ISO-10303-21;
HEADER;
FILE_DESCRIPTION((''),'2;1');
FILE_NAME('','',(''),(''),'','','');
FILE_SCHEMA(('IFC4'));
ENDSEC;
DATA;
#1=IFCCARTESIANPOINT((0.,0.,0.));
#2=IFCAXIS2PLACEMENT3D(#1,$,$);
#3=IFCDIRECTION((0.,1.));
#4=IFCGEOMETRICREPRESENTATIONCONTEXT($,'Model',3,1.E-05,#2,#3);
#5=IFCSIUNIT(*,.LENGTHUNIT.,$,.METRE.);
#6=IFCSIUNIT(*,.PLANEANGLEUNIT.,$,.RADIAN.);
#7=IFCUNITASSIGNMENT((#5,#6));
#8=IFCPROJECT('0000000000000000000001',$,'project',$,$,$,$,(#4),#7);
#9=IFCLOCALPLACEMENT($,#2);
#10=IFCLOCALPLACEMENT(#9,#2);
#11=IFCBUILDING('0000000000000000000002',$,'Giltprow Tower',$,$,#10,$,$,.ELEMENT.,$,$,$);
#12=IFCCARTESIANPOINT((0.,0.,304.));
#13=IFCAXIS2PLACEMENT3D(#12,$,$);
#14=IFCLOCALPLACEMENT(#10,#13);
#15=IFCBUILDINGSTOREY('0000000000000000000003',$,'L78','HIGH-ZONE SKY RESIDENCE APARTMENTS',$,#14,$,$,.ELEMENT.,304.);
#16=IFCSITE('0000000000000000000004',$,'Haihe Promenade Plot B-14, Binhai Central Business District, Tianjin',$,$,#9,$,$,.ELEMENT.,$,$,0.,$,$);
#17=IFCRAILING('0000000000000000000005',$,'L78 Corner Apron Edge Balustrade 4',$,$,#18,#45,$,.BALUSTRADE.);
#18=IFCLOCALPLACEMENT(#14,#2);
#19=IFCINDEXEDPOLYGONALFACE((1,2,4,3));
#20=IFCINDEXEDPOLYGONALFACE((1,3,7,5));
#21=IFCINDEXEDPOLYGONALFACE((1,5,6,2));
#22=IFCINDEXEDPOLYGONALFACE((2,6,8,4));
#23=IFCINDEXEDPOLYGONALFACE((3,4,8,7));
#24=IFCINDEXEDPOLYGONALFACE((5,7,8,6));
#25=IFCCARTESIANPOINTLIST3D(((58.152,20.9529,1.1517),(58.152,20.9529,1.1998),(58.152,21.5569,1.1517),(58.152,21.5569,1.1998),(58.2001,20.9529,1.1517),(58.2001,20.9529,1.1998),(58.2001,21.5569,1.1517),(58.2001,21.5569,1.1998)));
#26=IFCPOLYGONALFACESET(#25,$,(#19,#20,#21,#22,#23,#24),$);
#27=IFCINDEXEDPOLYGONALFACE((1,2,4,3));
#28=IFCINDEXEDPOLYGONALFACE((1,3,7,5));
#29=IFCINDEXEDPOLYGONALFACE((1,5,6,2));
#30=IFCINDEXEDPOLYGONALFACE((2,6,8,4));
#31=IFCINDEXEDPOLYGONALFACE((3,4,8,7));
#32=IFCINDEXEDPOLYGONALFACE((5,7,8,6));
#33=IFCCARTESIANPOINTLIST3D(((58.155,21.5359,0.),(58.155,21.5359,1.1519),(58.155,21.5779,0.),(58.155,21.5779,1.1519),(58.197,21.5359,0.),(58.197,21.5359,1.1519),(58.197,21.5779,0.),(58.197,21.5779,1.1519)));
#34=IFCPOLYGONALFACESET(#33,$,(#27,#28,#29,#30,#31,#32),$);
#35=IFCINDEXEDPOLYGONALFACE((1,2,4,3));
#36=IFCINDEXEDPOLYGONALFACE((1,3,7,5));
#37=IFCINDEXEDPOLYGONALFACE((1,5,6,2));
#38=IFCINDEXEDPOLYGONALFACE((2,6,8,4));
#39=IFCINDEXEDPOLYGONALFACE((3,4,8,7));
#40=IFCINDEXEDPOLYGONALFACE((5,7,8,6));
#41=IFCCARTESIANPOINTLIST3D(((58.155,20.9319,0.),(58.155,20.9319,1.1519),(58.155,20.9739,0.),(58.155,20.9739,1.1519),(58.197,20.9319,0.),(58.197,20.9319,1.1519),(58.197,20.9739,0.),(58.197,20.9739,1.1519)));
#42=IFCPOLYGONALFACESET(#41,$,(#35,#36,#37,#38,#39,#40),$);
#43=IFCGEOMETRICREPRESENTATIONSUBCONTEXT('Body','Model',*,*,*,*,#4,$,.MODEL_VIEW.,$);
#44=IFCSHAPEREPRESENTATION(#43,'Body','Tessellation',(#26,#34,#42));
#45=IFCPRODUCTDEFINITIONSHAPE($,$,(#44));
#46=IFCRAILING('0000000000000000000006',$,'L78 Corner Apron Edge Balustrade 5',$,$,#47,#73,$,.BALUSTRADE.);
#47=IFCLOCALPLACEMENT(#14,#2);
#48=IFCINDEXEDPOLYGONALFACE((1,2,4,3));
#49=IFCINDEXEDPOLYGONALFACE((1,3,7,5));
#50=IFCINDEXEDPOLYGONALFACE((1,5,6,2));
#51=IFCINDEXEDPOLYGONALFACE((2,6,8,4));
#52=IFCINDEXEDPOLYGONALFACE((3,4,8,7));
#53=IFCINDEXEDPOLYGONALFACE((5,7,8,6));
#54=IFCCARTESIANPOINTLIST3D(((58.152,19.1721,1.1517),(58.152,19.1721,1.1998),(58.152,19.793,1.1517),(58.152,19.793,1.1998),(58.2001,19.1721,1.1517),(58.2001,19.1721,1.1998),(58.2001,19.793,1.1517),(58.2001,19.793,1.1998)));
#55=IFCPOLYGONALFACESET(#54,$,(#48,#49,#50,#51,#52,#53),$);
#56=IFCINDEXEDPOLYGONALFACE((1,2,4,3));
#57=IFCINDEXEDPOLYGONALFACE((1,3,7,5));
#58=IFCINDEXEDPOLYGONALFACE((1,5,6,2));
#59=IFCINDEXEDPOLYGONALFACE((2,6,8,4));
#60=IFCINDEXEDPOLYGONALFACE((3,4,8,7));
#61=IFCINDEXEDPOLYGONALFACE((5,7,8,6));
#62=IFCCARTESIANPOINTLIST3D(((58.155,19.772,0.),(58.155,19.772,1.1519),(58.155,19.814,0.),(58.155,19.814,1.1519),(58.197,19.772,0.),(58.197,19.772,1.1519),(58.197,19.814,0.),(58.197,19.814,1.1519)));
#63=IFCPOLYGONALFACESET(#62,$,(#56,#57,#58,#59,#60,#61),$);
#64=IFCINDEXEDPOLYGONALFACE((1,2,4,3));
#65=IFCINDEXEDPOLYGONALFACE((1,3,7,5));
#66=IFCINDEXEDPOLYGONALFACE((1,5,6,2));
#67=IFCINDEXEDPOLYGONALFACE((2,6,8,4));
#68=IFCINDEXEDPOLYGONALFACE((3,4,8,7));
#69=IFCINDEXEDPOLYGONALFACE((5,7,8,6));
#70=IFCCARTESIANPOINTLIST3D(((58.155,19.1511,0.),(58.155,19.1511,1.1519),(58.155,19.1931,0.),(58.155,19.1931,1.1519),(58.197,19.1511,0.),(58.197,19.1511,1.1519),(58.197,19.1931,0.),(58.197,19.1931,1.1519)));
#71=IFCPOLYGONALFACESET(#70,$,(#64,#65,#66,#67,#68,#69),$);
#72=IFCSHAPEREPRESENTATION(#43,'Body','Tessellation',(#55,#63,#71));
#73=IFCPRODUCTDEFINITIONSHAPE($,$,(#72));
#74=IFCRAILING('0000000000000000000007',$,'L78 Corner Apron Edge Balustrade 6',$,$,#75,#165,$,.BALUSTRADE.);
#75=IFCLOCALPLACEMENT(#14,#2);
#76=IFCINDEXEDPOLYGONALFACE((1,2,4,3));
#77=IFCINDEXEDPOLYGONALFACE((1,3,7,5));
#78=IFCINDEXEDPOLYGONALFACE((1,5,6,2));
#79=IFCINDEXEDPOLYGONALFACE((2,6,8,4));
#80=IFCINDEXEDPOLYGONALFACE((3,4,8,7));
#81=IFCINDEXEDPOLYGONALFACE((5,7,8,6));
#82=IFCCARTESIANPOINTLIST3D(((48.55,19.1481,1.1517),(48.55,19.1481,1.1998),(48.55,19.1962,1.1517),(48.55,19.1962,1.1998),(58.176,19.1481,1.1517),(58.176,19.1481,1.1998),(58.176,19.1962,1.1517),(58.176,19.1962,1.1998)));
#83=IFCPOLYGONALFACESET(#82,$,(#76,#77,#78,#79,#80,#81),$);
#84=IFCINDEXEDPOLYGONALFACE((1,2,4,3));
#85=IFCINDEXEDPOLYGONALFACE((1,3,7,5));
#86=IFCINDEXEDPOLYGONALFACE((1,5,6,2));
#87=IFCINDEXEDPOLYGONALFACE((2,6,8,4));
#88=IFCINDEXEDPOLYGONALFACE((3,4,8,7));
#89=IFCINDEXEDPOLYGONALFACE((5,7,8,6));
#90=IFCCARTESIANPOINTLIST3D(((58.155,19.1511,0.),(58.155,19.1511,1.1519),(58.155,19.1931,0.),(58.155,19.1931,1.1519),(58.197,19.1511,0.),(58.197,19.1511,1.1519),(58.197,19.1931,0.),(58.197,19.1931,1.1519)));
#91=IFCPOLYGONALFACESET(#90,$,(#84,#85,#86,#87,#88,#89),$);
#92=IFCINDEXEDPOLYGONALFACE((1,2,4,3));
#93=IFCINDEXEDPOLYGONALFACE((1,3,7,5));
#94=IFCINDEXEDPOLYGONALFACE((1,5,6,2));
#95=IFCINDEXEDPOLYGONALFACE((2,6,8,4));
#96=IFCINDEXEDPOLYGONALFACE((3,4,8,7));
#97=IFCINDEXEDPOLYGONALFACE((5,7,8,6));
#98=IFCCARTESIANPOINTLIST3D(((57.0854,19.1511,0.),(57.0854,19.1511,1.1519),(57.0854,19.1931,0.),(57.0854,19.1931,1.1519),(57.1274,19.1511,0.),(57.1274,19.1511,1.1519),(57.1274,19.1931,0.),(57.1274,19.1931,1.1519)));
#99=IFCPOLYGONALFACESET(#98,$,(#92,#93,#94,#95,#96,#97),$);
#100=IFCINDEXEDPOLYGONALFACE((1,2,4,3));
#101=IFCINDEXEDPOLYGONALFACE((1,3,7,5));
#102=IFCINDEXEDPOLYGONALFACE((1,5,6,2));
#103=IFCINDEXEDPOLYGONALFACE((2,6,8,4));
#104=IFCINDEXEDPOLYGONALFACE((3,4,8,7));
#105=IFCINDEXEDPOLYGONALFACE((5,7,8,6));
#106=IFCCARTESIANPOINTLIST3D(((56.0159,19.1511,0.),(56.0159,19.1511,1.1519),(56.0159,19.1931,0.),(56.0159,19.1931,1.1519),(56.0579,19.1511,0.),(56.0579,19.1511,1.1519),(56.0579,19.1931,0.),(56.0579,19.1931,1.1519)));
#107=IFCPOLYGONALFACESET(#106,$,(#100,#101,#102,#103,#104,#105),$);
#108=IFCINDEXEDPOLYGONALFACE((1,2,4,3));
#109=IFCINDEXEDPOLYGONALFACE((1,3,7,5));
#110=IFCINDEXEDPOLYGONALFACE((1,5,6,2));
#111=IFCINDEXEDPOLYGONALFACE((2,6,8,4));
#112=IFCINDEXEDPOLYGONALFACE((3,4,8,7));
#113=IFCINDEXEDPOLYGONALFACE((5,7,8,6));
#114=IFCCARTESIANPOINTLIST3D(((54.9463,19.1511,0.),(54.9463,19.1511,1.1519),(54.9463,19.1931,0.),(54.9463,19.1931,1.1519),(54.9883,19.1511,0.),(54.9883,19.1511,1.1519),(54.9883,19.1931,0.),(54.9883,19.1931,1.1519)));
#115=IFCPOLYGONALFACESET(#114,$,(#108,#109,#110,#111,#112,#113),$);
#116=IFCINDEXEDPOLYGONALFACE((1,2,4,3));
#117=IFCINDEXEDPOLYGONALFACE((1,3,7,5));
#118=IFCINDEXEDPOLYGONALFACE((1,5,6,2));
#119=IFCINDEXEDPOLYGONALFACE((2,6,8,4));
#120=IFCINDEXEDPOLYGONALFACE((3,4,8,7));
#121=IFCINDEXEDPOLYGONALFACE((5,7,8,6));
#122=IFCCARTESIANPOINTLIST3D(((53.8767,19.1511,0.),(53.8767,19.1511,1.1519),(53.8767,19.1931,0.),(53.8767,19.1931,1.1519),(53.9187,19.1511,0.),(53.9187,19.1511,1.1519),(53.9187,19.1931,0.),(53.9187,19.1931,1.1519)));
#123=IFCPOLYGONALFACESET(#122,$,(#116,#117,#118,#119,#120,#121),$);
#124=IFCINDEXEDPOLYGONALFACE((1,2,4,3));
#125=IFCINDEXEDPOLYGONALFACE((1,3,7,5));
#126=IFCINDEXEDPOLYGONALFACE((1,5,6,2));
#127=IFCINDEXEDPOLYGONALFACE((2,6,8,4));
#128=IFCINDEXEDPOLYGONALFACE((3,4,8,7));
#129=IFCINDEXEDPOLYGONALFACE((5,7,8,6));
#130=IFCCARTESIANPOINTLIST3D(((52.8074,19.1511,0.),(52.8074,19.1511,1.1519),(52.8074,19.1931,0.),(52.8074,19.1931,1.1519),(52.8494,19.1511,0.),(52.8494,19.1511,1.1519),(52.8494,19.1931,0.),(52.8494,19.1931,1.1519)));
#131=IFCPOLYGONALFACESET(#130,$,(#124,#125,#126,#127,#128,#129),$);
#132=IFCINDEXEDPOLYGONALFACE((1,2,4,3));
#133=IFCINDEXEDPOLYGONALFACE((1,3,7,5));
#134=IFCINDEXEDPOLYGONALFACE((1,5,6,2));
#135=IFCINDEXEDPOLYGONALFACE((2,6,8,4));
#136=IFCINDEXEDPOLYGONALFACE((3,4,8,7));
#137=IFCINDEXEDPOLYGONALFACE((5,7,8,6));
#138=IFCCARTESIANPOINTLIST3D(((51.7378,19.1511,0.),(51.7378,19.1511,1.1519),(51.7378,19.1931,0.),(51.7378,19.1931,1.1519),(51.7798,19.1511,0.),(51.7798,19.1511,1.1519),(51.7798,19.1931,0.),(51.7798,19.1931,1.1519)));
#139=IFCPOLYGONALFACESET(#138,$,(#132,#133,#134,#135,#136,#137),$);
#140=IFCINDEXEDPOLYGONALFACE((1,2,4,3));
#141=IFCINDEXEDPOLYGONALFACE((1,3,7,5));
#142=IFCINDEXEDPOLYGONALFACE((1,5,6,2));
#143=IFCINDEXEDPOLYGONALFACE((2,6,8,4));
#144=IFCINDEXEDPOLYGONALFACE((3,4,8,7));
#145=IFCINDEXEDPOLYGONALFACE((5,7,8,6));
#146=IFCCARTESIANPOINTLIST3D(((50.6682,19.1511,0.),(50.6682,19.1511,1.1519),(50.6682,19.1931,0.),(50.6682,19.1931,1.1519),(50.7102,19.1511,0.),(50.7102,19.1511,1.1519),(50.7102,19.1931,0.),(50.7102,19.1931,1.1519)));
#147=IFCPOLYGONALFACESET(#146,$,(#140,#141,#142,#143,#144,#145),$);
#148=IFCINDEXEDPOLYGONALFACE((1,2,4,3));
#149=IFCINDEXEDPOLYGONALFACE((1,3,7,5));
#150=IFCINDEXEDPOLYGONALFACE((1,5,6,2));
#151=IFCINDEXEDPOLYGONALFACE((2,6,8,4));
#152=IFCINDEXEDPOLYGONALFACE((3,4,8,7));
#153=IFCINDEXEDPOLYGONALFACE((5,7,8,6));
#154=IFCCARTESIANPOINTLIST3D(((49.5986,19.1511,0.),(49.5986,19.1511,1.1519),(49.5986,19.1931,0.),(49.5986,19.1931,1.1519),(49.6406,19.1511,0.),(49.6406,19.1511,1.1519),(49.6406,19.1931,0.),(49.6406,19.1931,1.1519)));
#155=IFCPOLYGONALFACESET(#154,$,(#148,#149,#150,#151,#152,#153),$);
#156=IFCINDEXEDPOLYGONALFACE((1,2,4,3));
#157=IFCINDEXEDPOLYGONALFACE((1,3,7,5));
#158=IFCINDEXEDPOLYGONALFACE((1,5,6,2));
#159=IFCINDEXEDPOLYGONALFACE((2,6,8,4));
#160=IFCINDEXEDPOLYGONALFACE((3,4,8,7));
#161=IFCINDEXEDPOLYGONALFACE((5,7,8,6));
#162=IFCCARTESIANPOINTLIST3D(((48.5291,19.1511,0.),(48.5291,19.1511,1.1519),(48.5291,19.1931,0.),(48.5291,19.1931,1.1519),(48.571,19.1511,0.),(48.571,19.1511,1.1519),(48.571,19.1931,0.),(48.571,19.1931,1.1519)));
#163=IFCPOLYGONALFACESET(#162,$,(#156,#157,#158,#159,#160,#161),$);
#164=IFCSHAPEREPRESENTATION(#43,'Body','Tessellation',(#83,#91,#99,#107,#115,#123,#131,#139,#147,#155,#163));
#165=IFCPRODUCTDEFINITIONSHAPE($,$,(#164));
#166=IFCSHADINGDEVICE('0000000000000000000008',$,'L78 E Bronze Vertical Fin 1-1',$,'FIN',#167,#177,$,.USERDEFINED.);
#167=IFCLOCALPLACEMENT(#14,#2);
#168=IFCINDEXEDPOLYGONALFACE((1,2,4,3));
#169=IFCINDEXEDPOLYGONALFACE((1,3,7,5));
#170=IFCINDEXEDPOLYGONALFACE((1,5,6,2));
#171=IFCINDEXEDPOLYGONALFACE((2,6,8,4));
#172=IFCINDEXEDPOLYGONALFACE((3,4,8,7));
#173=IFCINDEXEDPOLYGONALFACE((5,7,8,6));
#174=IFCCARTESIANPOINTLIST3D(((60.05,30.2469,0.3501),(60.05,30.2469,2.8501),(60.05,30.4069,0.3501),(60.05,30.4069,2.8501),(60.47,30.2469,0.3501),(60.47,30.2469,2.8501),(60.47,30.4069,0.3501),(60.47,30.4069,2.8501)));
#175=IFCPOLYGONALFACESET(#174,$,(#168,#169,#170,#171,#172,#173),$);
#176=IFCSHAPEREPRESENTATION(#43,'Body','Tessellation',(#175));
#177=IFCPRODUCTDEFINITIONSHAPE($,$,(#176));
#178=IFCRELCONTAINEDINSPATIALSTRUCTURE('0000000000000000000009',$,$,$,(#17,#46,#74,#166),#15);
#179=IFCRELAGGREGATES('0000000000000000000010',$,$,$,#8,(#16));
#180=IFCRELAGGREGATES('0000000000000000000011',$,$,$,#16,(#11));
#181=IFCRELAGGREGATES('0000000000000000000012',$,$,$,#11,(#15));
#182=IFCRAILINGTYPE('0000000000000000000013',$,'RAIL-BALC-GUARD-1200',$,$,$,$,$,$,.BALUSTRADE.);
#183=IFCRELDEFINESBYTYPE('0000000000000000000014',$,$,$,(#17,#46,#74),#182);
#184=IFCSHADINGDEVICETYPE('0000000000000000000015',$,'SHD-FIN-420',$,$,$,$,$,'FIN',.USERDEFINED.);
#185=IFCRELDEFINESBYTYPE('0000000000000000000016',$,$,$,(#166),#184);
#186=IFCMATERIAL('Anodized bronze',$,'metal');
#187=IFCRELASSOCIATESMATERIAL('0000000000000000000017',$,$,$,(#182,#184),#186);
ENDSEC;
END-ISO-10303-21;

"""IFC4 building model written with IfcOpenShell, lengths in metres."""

from ifc_helpers import new_model, si_unit, direction, frame, origin, origin_2d, place, context, subcontext, project, spatial, rectangle, extrude, source, transform, mapped, material, type_object, element, save


model = new_model("IFC4")

# Units and contexts
model_context = context("Model", 3, precision=1e-05, world=origin(), true_north=direction((0.0, 1.0)))
body_context = subcontext(model_context, "Body", "Model", "MODEL_VIEW")
ifc_project = project(units=[si_unit("LENGTHUNIT", "METRE"), si_unit("PLANEANGLEUNIT", "RADIAN")], contexts=[model_context])

# Site, building, storey
site_placement = place(None, origin())
site = spatial("IfcSite", under=ifc_project, at=site_placement, Name="Haihe Promenade Plot B-14, Binhai Central Business District, Tianjin", CompositionType="ELEMENT", RefElevation=0.0)
building_placement = place(site_placement, origin())
building = spatial("IfcBuilding", under=site, at=building_placement, Name="Giltprow Tower", CompositionType="ELEMENT")
storey_placement = place(building_placement, frame((0.0, 0.0, 304.0)))
storey = spatial("IfcBuildingStorey", under=building, at=storey_placement, Name="L78", Description="HIGH-ZONE SKY RESIDENCE APARTMENTS", CompositionType="ELEMENT", Elevation=304.0)

# Shared definitions
ifc_material_1 = material(Name="Anodized bronze", Category="metal")

# Railings
railing_type = type_object("IfcRailingType", Name="RAIL-BALC-GUARD-1200", PredefinedType="BALUSTRADE", material=ifc_material_1)
railing_1_placement = place(storey_placement, frame((58.176, 21.5569, 0.0)))
element("IfcRailing", 1, at=railing_1_placement, inside=storey, type_object=railing_type, Name="L78 Corner Apron Edge Balustrade 4", PredefinedType="BALUSTRADE", context=body_context, shape_type="SweptSolid", body=[
    extrude(rectangle(XDim=0.0481, YDim=0.0481, at=origin_2d()), frame((0.0, 0.0, 1.1758), z_axis=(0.0, -1.0, 0.0), x_axis=(1.0, 0.0, 0.0)), (0.0, 0.0, 1.0), 0.604),
    extrude(rectangle(XDim=0.042, YDim=0.042, at=origin_2d()), origin(), (0.0, 0.0, 1.0), 1.1519),
    extrude(rectangle(XDim=0.042, YDim=0.042, at=origin_2d()), frame((0.0, -0.604, 0.0)), (0.0, 0.0, 1.0), 1.1519),
])
railing_2_placement = place(storey_placement, frame((58.176, 19.793, 0.0)))
element("IfcRailing", 2, at=railing_2_placement, inside=storey, type_object=railing_type, Name="L78 Corner Apron Edge Balustrade 5", PredefinedType="BALUSTRADE", context=body_context, shape_type="SweptSolid", body=[
    extrude(rectangle(XDim=0.0481, YDim=0.0481, at=origin_2d()), frame((0.0, 0.0, 1.1758), z_axis=(0.0, -1.0, 0.0), x_axis=(1.0, 0.0, 0.0)), (0.0, 0.0, 1.0), 0.6208),
    extrude(rectangle(XDim=0.042, YDim=0.042, at=origin_2d()), origin(), (0.0, 0.0, 1.0), 1.1519),
    extrude(rectangle(XDim=0.042, YDim=0.042, at=origin_2d()), frame((0.0, -0.6208, 0.0)), (0.0, 0.0, 1.0), 1.1519),
])
railing_3_placement = place(storey_placement, frame((58.176, 19.1721, 0.0)))
element("IfcRailing", 3, at=railing_3_placement, inside=storey, type_object=railing_type, Name="L78 Corner Apron Edge Balustrade 6", PredefinedType="BALUSTRADE", context=body_context, shape_type="SweptSolid", body=[
    extrude(rectangle(XDim=0.0481, YDim=0.0481, at=origin_2d()), frame((0.0, 0.0, 1.1758), z_axis=(-1.0, 0.0, 0.0), x_axis=(0.0, -1.0, 0.0)), (0.0, 0.0, 1.0), 9.626),
    extrude(rectangle(XDim=0.042, YDim=0.042, at=origin_2d()), origin(), (0.0, 0.0, 1.0), 1.1519),
    extrude(rectangle(XDim=0.042, YDim=0.042, at=origin_2d()), frame((-1.0696, 0.0, 0.0)), (0.0, 0.0, 1.0), 1.1519),
    extrude(rectangle(XDim=0.042, YDim=0.042, at=origin_2d()), frame((-2.1392, 0.0, 0.0)), (0.0, 0.0, 1.0), 1.1519),
    extrude(rectangle(XDim=0.042, YDim=0.042, at=origin_2d()), frame((-3.2087, 0.0, 0.0)), (0.0, 0.0, 1.0), 1.1519),
    extrude(rectangle(XDim=0.042, YDim=0.042, at=origin_2d()), frame((-4.2783, 0.0, 0.0)), (0.0, 0.0, 1.0), 1.1519),
    extrude(rectangle(XDim=0.042, YDim=0.042, at=origin_2d()), frame((-5.3477, 0.0, 0.0)), (0.0, 0.0, 1.0), 1.1519),
    extrude(rectangle(XDim=0.042, YDim=0.042, at=origin_2d()), frame((-6.4172, 0.0, 0.0)), (0.0, 0.0, 1.0), 1.1519),
    extrude(rectangle(XDim=0.042, YDim=0.042, at=origin_2d()), frame((-7.4868, 0.0, 0.0)), (0.0, 0.0, 1.0), 1.1519),
    extrude(rectangle(XDim=0.042, YDim=0.042, at=origin_2d()), frame((-8.5564, 0.0, 0.0)), (0.0, 0.0, 1.0), 1.1519),
    extrude(rectangle(XDim=0.042, YDim=0.042, at=origin_2d()), frame((-9.626, 0.0, 0.0)), (0.0, 0.0, 1.0), 1.1519),
])

# Shading device
shading_device_type = type_object("IfcShadingDeviceType", Name="SHD-FIN-420", ElementType="FIN", PredefinedType="USERDEFINED", material=ifc_material_1)
shared_shape_1 = source(origin(), body_context, "Body", "SweptSolid", [
    extrude(rectangle(XDim=0.4199, YDim=0.1599, at=origin_2d()), origin(), (0.0, 0.0, 1.0), 2.5),
])
shading_device_placement = place(storey_placement, frame((60.26, 30.3269, 0.3501), z_axis=(0.0, 0.0, 1.0), x_axis=(1.0, 0.0, 0.0)))
element("IfcShadingDevice", 4, at=shading_device_placement, inside=storey, type_object=shading_device_type, Name="L78 E Bronze Vertical Fin 1-1", ObjectType="FIN", PredefinedType="USERDEFINED", context=body_context, shape_type="MappedRepresentation", body=[
    mapped(shared_shape_1, transform((0.0, 0.0, 0.0), x_axis=(1.0, 0.0, 0.0), y_axis=(0.0, 1.0, 0.0), z_axis=(0.0, 0.0, 1.0), scale=1.0)),
])

save(model, "model.ifc")
